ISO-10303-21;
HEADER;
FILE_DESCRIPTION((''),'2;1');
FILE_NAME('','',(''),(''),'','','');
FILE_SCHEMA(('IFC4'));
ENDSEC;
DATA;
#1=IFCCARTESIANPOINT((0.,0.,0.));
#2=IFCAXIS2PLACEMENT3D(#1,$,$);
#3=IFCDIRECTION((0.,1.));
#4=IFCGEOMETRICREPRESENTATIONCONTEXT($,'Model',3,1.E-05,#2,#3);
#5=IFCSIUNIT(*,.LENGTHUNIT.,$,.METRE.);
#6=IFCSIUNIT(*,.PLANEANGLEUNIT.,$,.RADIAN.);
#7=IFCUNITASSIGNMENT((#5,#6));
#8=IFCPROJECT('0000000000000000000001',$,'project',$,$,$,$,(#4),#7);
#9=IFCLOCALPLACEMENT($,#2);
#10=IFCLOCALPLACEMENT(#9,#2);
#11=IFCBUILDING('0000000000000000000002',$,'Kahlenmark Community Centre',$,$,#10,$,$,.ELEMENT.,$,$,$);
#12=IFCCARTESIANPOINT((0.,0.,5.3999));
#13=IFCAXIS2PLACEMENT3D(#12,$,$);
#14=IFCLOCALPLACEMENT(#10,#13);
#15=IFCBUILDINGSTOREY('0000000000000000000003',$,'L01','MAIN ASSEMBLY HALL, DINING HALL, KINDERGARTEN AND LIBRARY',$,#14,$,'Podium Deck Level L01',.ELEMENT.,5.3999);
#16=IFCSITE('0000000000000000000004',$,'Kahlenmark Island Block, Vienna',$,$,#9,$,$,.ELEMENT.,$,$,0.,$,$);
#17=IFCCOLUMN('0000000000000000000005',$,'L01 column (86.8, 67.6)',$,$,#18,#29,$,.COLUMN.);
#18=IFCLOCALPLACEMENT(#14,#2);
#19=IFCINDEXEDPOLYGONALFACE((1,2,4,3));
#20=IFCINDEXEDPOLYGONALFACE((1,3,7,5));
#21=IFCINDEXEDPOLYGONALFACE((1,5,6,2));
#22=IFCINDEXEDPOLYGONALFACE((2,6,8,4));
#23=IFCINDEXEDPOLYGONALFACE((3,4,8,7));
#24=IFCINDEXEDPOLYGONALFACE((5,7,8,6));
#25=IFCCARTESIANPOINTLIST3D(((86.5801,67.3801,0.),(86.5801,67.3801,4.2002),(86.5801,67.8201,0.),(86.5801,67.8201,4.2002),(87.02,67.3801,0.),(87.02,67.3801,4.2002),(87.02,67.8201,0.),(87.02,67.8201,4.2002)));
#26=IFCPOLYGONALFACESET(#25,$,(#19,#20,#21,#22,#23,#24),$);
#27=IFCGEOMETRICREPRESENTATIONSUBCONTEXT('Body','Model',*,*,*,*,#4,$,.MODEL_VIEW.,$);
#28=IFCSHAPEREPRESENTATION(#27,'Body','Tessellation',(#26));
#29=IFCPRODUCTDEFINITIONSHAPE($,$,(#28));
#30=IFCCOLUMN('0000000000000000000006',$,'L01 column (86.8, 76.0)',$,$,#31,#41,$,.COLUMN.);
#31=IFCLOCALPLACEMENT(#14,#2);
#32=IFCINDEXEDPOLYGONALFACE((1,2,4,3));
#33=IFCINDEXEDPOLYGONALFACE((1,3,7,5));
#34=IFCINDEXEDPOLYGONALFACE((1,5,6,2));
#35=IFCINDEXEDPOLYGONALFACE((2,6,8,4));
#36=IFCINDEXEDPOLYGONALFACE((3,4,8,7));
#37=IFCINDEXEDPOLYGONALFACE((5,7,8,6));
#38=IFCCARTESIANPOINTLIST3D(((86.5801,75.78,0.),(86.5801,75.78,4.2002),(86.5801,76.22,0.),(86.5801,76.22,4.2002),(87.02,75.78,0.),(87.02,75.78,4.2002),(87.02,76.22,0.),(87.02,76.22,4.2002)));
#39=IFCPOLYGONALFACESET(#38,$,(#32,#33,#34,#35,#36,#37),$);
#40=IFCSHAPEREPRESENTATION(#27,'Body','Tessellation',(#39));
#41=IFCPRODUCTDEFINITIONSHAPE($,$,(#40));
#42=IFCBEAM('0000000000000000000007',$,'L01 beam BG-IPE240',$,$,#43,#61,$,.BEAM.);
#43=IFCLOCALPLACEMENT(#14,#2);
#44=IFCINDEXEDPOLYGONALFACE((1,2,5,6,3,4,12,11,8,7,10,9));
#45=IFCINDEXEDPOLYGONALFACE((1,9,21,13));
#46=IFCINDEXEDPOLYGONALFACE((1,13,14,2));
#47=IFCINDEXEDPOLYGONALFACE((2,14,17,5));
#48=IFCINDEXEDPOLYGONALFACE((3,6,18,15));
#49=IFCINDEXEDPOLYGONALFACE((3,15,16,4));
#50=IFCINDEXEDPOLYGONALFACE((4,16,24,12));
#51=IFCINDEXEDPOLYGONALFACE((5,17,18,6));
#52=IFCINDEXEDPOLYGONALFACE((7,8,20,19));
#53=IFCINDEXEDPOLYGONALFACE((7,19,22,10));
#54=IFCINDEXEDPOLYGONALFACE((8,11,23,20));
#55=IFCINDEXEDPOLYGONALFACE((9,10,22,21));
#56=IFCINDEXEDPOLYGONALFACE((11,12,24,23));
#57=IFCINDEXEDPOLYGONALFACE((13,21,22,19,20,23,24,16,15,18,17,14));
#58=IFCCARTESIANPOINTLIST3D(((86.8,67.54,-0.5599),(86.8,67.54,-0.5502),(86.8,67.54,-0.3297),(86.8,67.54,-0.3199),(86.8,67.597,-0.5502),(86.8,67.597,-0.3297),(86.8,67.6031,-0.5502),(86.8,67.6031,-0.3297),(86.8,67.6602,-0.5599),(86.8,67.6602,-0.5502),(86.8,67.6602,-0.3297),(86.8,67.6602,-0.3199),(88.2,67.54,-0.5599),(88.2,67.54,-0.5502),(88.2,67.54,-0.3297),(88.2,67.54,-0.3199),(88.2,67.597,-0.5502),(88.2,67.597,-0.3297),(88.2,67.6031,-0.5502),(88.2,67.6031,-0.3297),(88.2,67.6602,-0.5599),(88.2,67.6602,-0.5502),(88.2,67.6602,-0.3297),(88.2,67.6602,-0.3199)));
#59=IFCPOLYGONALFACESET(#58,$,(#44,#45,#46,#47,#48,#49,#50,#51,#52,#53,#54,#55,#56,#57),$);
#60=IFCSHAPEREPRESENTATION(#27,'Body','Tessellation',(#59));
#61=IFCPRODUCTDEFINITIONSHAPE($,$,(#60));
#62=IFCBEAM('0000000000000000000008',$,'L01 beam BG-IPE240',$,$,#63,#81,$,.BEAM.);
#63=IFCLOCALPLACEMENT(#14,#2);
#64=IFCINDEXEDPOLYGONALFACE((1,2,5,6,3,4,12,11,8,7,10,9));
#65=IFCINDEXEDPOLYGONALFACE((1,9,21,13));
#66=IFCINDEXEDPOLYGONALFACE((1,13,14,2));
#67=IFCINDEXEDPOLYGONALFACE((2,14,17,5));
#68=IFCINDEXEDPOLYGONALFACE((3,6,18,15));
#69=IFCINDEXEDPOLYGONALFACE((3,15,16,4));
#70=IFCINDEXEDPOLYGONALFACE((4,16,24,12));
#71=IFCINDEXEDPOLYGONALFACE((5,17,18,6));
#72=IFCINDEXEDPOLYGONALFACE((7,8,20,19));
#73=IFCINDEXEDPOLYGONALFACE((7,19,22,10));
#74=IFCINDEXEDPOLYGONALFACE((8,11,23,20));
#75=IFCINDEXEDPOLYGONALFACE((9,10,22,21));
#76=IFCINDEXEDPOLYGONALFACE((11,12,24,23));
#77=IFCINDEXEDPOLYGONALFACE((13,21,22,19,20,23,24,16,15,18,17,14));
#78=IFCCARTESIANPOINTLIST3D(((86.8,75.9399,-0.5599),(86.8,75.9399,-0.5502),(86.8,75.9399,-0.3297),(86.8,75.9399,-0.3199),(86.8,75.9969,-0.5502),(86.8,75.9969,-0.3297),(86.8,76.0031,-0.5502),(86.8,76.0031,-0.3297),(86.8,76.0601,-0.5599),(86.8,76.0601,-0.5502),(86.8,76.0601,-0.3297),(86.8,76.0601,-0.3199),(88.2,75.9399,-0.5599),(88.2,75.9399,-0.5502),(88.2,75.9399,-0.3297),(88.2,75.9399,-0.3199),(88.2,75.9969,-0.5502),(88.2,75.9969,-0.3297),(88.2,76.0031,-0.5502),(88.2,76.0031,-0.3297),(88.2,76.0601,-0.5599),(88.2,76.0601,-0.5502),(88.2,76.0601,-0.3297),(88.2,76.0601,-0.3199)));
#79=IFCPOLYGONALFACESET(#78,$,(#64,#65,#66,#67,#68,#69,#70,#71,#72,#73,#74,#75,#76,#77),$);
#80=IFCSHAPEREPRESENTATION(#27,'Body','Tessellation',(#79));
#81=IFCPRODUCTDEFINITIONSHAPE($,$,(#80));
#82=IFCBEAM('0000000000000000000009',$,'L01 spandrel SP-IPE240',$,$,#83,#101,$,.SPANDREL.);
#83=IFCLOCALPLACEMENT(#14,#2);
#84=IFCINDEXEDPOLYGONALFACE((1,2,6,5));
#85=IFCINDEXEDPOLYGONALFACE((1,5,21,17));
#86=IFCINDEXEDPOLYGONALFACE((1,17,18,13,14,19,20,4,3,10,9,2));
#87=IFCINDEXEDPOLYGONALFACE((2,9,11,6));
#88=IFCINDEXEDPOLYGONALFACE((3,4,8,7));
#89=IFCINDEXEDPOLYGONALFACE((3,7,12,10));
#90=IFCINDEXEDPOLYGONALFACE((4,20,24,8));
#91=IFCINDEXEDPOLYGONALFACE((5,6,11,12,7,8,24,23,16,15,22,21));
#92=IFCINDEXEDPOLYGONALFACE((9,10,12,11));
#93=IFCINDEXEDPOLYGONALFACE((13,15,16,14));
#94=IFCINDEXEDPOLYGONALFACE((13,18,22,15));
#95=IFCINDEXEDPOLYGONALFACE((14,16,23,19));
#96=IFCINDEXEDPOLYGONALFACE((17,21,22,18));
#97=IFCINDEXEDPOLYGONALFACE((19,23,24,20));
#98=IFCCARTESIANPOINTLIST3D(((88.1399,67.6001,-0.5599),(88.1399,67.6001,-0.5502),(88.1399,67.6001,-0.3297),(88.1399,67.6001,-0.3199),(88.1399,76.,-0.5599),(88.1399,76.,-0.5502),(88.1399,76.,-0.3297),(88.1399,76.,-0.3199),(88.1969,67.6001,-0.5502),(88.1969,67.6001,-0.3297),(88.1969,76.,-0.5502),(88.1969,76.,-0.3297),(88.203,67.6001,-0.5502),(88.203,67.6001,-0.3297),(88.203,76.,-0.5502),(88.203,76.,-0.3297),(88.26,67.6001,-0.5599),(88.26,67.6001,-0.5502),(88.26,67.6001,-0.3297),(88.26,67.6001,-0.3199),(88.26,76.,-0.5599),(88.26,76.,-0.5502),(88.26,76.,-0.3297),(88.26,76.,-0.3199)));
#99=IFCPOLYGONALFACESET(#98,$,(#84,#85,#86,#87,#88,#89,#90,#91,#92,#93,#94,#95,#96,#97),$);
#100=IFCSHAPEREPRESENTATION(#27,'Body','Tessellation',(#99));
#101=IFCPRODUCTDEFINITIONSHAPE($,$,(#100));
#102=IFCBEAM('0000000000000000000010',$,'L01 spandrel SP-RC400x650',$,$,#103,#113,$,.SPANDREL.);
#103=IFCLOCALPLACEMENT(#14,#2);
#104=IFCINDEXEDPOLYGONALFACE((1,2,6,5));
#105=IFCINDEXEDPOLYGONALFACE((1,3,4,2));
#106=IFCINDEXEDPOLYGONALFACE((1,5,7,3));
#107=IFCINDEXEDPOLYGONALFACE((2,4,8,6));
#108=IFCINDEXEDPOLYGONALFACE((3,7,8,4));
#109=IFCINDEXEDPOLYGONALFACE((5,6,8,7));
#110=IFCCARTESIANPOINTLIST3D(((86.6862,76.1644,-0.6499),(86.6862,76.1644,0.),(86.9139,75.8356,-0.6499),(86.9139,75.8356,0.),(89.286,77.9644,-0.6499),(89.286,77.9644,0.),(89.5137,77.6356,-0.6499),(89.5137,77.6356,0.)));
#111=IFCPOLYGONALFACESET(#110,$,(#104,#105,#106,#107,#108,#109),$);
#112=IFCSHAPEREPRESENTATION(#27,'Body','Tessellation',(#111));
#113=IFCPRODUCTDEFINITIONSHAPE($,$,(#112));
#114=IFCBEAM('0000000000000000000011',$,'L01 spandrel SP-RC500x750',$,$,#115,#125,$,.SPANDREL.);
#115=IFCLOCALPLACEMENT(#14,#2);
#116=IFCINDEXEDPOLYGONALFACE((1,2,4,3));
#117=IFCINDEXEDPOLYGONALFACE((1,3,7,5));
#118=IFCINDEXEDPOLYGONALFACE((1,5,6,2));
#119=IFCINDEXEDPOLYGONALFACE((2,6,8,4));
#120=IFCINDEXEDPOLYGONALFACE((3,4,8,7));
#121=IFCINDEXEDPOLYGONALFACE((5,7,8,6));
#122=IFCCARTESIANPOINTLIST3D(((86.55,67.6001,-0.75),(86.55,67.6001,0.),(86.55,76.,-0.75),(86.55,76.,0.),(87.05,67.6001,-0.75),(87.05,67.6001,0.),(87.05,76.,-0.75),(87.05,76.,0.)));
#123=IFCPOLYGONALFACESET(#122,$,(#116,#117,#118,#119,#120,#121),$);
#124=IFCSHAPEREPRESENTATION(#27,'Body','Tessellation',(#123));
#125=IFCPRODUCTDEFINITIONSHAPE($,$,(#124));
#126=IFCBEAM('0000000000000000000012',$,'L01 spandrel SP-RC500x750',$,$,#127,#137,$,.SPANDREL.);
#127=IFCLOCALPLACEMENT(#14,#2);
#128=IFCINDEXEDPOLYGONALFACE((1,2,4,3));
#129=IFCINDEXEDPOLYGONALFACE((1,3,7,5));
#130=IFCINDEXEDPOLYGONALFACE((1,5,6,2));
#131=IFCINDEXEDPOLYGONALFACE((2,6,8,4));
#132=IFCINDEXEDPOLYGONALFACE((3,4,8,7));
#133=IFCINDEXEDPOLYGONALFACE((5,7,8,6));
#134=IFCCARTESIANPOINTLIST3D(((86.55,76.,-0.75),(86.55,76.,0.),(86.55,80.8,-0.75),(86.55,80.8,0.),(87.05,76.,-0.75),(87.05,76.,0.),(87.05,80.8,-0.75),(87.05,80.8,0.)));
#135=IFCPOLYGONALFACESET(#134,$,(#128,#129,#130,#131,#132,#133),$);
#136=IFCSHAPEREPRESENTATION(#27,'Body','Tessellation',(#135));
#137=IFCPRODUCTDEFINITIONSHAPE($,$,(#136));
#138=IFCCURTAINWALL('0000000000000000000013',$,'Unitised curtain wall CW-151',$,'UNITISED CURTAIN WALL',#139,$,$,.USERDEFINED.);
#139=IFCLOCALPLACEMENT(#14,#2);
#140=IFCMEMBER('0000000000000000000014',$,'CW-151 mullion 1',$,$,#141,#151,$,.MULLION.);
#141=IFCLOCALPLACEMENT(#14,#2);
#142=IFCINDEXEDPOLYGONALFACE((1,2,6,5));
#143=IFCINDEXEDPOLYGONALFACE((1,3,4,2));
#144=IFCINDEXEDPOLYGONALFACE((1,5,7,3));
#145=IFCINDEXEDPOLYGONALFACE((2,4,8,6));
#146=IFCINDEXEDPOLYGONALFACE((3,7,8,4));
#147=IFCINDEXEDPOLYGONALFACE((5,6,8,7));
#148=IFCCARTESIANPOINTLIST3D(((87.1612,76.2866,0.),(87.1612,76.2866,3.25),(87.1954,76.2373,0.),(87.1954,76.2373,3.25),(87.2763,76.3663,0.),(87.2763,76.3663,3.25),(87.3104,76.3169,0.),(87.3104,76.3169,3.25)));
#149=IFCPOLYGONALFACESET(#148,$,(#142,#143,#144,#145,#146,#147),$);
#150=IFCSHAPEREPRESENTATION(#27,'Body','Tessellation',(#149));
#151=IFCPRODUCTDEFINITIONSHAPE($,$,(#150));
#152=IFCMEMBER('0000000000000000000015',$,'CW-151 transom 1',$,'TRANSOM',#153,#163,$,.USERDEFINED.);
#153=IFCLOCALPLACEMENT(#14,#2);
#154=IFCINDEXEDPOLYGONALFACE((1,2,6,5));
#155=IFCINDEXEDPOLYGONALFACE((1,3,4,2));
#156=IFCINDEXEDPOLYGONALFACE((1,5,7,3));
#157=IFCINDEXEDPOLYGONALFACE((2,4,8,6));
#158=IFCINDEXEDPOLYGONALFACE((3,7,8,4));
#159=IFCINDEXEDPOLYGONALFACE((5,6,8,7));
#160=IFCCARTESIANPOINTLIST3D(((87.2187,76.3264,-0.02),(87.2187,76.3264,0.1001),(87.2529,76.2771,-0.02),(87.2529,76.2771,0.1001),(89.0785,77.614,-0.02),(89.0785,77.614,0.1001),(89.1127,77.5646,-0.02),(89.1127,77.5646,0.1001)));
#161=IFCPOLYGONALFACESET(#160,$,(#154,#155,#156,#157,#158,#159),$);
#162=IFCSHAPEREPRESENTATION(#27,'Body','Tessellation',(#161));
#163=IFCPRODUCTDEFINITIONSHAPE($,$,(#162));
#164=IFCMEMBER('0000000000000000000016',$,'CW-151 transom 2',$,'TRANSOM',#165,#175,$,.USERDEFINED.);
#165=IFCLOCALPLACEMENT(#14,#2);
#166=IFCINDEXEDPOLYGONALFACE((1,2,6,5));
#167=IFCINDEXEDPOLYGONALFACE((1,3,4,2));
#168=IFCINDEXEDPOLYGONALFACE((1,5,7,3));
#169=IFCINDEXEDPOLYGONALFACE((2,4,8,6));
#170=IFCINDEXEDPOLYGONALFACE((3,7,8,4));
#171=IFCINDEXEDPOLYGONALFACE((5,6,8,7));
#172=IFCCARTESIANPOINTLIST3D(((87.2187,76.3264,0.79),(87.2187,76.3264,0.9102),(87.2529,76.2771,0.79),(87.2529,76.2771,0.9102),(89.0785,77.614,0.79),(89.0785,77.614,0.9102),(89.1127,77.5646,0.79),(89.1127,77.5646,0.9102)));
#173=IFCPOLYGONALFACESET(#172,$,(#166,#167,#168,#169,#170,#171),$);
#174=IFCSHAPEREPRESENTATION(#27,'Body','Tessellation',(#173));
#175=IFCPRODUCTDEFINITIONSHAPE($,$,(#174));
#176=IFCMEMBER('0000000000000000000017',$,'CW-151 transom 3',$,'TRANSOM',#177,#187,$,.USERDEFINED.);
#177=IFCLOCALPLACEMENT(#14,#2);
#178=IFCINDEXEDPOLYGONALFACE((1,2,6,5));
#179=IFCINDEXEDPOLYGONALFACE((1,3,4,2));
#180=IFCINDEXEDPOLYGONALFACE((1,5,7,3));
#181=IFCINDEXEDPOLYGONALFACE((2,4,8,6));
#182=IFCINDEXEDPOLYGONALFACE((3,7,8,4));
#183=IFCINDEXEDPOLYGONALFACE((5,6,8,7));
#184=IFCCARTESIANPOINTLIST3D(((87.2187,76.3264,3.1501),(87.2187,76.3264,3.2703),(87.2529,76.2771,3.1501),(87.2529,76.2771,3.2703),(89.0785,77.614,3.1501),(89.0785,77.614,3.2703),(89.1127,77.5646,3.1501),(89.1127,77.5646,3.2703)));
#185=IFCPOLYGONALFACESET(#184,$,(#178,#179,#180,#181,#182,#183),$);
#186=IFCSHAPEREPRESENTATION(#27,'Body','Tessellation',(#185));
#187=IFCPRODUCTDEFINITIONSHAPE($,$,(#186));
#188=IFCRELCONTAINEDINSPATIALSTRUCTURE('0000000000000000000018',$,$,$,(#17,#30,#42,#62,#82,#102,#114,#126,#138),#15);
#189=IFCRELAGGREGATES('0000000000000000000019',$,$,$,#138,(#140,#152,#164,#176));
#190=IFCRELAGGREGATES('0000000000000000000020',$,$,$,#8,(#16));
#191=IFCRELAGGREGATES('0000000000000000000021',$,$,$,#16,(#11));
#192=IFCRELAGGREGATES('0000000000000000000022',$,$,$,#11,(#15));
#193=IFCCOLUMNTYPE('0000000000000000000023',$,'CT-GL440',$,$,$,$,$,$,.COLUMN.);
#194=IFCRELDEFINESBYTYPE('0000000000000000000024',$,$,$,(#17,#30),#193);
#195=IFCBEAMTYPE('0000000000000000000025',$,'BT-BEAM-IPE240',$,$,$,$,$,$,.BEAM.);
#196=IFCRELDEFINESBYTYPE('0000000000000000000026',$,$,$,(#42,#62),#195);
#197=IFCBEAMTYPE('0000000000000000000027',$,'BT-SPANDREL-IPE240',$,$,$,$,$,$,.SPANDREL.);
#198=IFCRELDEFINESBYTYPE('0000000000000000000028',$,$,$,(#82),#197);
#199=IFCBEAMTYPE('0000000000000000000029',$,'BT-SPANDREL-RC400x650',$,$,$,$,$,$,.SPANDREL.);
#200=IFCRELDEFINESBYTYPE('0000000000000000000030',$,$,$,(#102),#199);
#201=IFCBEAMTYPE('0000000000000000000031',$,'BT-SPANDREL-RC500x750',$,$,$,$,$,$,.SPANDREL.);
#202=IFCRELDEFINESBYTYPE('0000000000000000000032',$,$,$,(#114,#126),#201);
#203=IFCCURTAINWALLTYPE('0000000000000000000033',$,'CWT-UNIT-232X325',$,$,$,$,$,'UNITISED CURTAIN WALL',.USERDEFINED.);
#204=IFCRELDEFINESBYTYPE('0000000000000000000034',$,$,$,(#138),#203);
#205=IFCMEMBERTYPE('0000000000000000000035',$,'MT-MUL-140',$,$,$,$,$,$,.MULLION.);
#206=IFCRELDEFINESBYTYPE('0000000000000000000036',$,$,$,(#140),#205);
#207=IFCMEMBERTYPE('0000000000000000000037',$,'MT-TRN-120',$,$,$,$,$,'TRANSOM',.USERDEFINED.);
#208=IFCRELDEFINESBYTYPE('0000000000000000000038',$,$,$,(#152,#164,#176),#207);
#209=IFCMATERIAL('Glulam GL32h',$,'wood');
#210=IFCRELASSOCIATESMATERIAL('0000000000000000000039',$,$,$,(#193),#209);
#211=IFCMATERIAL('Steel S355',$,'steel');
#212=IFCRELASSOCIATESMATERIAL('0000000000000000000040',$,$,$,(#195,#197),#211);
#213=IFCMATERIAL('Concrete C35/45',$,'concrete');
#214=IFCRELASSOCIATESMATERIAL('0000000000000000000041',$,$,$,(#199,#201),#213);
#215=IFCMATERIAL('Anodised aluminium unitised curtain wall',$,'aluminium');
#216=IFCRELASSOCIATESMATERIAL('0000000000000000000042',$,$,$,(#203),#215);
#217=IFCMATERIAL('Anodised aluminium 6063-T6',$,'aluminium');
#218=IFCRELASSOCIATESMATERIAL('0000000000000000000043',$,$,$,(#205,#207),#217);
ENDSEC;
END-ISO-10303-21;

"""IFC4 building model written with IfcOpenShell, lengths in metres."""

from ifc_helpers import new_model, si_unit, direction, frame, origin, origin_2d, place, context, subcontext, project, spatial, rectangle, i_section, extrude, material, material_profile, profile_set, type_object, element, aggregate, save


model = new_model("IFC4")

# Units and contexts
model_context = context("Model", 3, precision=1e-05, world=origin(), true_north=direction((0.0, 1.0)))
body_context = subcontext(model_context, "Body", "Model", "MODEL_VIEW")
ifc_project = project(units=[si_unit("LENGTHUNIT", "METRE"), si_unit("PLANEANGLEUNIT", "RADIAN")], contexts=[model_context])

# Site, building, storey
site_placement = place(None, origin())
site = spatial("IfcSite", under=ifc_project, at=site_placement, Name="Kahlenmark Island Block, Vienna", CompositionType="ELEMENT", RefElevation=0.0)
building_placement = place(site_placement, origin())
building = spatial("IfcBuilding", under=site, at=building_placement, Name="Kahlenmark Community Centre", CompositionType="ELEMENT")
storey_placement = place(building_placement, frame((0.0, 0.0, 5.3999)))
storey = spatial("IfcBuildingStorey", under=building, at=storey_placement, Name="L01", Description="MAIN ASSEMBLY HALL, DINING HALL, KINDERGARTEN AND LIBRARY", LongName="Podium Deck Level L01", CompositionType="ELEMENT", Elevation=5.3999)

# Columns
ifc_material_1 = material(Name="Glulam GL32h", Category="wood")
ifc_material_profile_1 = material_profile(ifc_material_1, rectangle(XDim=0.4399, YDim=0.4399, at=origin_2d()), Name="GL32h 440x440")
ifc_profile_set_1 = profile_set([ifc_material_profile_1], Name="Glulam GL32h")
column_type = type_object("IfcColumnType", Name="CT-GL440", PredefinedType="COLUMN", material=ifc_profile_set_1)
for number, where, z_axis, x_axis, name in (
    (1, (86.8, 67.6001, 0.0), (0.0, 0.0, 1.0), (1.0, 0.0, 0.0), "L01 column (86.8, 67.6)"),
    (2, (86.8, 76.0, 0.0), (0.0, 0.0, 1.0), (1.0, 0.0, 0.0), "L01 column (86.8, 76.0)"),
):
    element("IfcColumn", number, at=place(storey_placement, frame(where, z_axis=z_axis, x_axis=x_axis)), inside=storey, type_object=column_type, Name=name, PredefinedType="COLUMN", context=body_context, shape_type="SweptSolid", body=[
        extrude(rectangle(XDim=0.4399, YDim=0.4399, at=origin_2d()), origin(), (0.0, 0.0, 1.0), 4.2002),
    ])

# Beams
ifc_material_2 = material(Name="Steel S355", Category="steel")
ifc_material_profile_2 = material_profile(ifc_material_2, i_section(OverallWidth=0.1201, OverallDepth=0.24, WebThickness=0.0061, FlangeThickness=0.0098, at=origin_2d()), Name="IPE 240")
ifc_profile_set_2 = profile_set([ifc_material_profile_2], Name="Steel S355")
beam_type_1 = type_object("IfcBeamType", Name="BT-BEAM-IPE240", PredefinedType="BEAM", material=ifc_profile_set_2)
for number, where, z_axis, x_axis, name in (
    (3, (86.8, 67.6001, -0.4399), (1.0, 0.0, 0.0), (0.0, 1.0, 0.0), "L01 beam BG-IPE240"),
    (4, (86.8, 76.0, -0.4399), (1.0, 0.0, 0.0), (0.0, 1.0, 0.0), "L01 beam BG-IPE240"),
):
    element("IfcBeam", number, at=place(storey_placement, frame(where, z_axis=z_axis, x_axis=x_axis)), inside=storey, type_object=beam_type_1, Name=name, PredefinedType="BEAM", context=body_context, shape_type="SweptSolid", body=[
        extrude(i_section(OverallWidth=0.1201, OverallDepth=0.24, WebThickness=0.0061, FlangeThickness=0.0098, at=origin_2d()), origin(), (0.0, 0.0, 1.0), 1.3999),
    ])
ifc_material_profile_3 = material_profile(ifc_material_2, i_section(OverallWidth=0.1201, OverallDepth=0.24, WebThickness=0.0061, FlangeThickness=0.0098, at=origin_2d()), Name="IPE 240")
ifc_profile_set_3 = profile_set([ifc_material_profile_3], Name="Steel S355")
beam_type_2 = type_object("IfcBeamType", Name="BT-SPANDREL-IPE240", PredefinedType="SPANDREL", material=ifc_profile_set_3)
beam_1_placement = place(storey_placement, frame((88.2, 67.6001, -0.4399), z_axis=(0.0, 1.0, 0.0), x_axis=(-1.0, 0.0, 0.0)))
element("IfcBeam", 5, at=beam_1_placement, inside=storey, type_object=beam_type_2, Name="L01 spandrel SP-IPE240", PredefinedType="SPANDREL", context=body_context, shape_type="SweptSolid", body=[
    extrude(i_section(OverallWidth=0.1201, OverallDepth=0.24, WebThickness=0.0061, FlangeThickness=0.0098, at=origin_2d()), origin(), (0.0, 0.0, 1.0), 8.3999),
])
ifc_material_3 = material(Name="Concrete C35/45", Category="concrete")
ifc_material_profile_4 = material_profile(ifc_material_3, rectangle(XDim=0.3999, YDim=0.6499, at=origin_2d()), Name="RC 400x650")
ifc_profile_set_4 = profile_set([ifc_material_profile_4], Name="Concrete C35/45")
beam_type_3 = type_object("IfcBeamType", Name="BT-SPANDREL-RC400x650", PredefinedType="SPANDREL", material=ifc_profile_set_4)
beam_2_placement = place(storey_placement, frame((86.8, 76.0, -0.325), z_axis=(0.82217, 0.569242, 0.0), x_axis=(-0.569242, 0.82217, 0.0)))
element("IfcBeam", 6, at=beam_2_placement, inside=storey, type_object=beam_type_3, Name="L01 spandrel SP-RC400x650", PredefinedType="SPANDREL", context=body_context, shape_type="SweptSolid", body=[
    extrude(rectangle(XDim=0.3999, YDim=0.6499, at=origin_2d()), origin(), (0.0, 0.0, 1.0), 3.1621),
])
ifc_material_profile_5 = material_profile(ifc_material_3, rectangle(XDim=0.5, YDim=0.75, at=origin_2d()), Name="RC 500x750")
ifc_profile_set_5 = profile_set([ifc_material_profile_5], Name="Concrete C35/45")
beam_type_4 = type_object("IfcBeamType", Name="BT-SPANDREL-RC500x750", PredefinedType="SPANDREL", material=ifc_profile_set_5)
beam_3_placement = place(storey_placement, frame((86.8, 67.6001, -0.375), z_axis=(0.0, 1.0, 0.0), x_axis=(-1.0, 0.0, 0.0)))
element("IfcBeam", 7, at=beam_3_placement, inside=storey, type_object=beam_type_4, Name="L01 spandrel SP-RC500x750", PredefinedType="SPANDREL", context=body_context, shape_type="SweptSolid", body=[
    extrude(rectangle(XDim=0.5, YDim=0.75, at=origin_2d()), origin(), (0.0, 0.0, 1.0), 8.3999),
])
beam_4_placement = place(storey_placement, frame((86.8, 76.0, -0.375), z_axis=(0.0, 1.0, 0.0), x_axis=(-1.0, 0.0, 0.0)))
element("IfcBeam", 8, at=beam_4_placement, inside=storey, type_object=beam_type_4, Name="L01 spandrel SP-RC500x750", PredefinedType="SPANDREL", context=body_context, shape_type="SweptSolid", body=[
    extrude(rectangle(XDim=0.5, YDim=0.75, at=origin_2d()), origin(), (0.0, 0.0, 1.0), 4.8),
])

# Curtain wall, members
ifc_material_4 = material(Name="Anodised aluminium unitised curtain wall", Category="aluminium")
curtain_wall_type = type_object("IfcCurtainWallType", Name="CWT-UNIT-232X325", ElementType="UNITISED CURTAIN WALL", PredefinedType="USERDEFINED", material=ifc_material_4)
curtain_wall_placement = place(storey_placement, origin())
curtain_wall = element("IfcCurtainWall", 9, at=curtain_wall_placement, inside=storey, type_object=curtain_wall_type, Name="Unitised curtain wall CW-151", ObjectType="UNITISED CURTAIN WALL", PredefinedType="USERDEFINED")
ifc_material_5 = material(Name="Anodised aluminium 6063-T6", Category="aluminium")
ifc_material_profile_6 = material_profile(ifc_material_5, rectangle(XDim=0.0601, YDim=0.1399, at=origin_2d()), Name="ALU MULLION 60x140")
ifc_profile_set_6 = profile_set([ifc_material_profile_6], Name="Anodised aluminium 6063-T6")
member_type_1 = type_object("IfcMemberType", Name="MT-MUL-140", PredefinedType="MULLION", material=ifc_profile_set_6)
member_1_placement = place(storey_placement, frame((87.2358, 76.3018, 0.0), z_axis=(0.0, 0.0, 1.0), x_axis=(-0.569212, 0.822191, 0.0)))
member_1 = element("IfcMember", 10, at=member_1_placement, type_object=member_type_1, Name="CW-151 mullion 1", PredefinedType="MULLION", context=body_context, shape_type="SweptSolid", body=[
    extrude(rectangle(XDim=0.0601, YDim=0.1399, at=origin_2d()), origin(), (0.0, 0.0, 1.0), 3.25),
])
ifc_material_profile_7 = material_profile(ifc_material_5, rectangle(XDim=0.0601, YDim=0.1201, at=origin_2d()), Name="ALU TRANSOM 60x120")
ifc_profile_set_7 = profile_set([ifc_material_profile_7], Name="Anodised aluminium 6063-T6")
member_type_2 = type_object("IfcMemberType", Name="MT-TRN-120", ElementType="TRANSOM", PredefinedType="USERDEFINED", material=ifc_profile_set_7)
member_2_placement = place(storey_placement, frame((87.2358, 76.3018, 0.04), z_axis=(0.822192, 0.56921, 0.0), x_axis=(-0.56921, 0.822192, 0.0)))
member_2 = element("IfcMember", 11, at=member_2_placement, type_object=member_type_2, Name="CW-151 transom 1", ObjectType="TRANSOM", PredefinedType="USERDEFINED", context=body_context, shape_type="SweptSolid", body=[
    extrude(rectangle(XDim=0.0601, YDim=0.1201, at=origin_2d()), origin(), (0.0, 0.0, 1.0), 2.262),
])
member_3_placement = place(storey_placement, frame((87.2358, 76.3018, 0.8501), z_axis=(0.822192, 0.56921, 0.0), x_axis=(-0.56921, 0.822192, 0.0)))
member_3 = element("IfcMember", 12, at=member_3_placement, type_object=member_type_2, Name="CW-151 transom 2", ObjectType="TRANSOM", PredefinedType="USERDEFINED", context=body_context, shape_type="SweptSolid", body=[
    extrude(rectangle(XDim=0.0601, YDim=0.1201, at=origin_2d()), origin(), (0.0, 0.0, 1.0), 2.262),
])
member_4_placement = place(storey_placement, frame((87.2358, 76.3018, 3.2102), z_axis=(0.822192, 0.56921, 0.0), x_axis=(-0.56921, 0.822192, 0.0)))
member_4 = element("IfcMember", 13, at=member_4_placement, type_object=member_type_2, Name="CW-151 transom 3", ObjectType="TRANSOM", PredefinedType="USERDEFINED", context=body_context, shape_type="SweptSolid", body=[
    extrude(rectangle(XDim=0.0601, YDim=0.1201, at=origin_2d()), origin(), (0.0, 0.0, 1.0), 2.262),
])
aggregate(curtain_wall, [member_1, member_2, member_3, member_4])

save(model, "model.ifc")
